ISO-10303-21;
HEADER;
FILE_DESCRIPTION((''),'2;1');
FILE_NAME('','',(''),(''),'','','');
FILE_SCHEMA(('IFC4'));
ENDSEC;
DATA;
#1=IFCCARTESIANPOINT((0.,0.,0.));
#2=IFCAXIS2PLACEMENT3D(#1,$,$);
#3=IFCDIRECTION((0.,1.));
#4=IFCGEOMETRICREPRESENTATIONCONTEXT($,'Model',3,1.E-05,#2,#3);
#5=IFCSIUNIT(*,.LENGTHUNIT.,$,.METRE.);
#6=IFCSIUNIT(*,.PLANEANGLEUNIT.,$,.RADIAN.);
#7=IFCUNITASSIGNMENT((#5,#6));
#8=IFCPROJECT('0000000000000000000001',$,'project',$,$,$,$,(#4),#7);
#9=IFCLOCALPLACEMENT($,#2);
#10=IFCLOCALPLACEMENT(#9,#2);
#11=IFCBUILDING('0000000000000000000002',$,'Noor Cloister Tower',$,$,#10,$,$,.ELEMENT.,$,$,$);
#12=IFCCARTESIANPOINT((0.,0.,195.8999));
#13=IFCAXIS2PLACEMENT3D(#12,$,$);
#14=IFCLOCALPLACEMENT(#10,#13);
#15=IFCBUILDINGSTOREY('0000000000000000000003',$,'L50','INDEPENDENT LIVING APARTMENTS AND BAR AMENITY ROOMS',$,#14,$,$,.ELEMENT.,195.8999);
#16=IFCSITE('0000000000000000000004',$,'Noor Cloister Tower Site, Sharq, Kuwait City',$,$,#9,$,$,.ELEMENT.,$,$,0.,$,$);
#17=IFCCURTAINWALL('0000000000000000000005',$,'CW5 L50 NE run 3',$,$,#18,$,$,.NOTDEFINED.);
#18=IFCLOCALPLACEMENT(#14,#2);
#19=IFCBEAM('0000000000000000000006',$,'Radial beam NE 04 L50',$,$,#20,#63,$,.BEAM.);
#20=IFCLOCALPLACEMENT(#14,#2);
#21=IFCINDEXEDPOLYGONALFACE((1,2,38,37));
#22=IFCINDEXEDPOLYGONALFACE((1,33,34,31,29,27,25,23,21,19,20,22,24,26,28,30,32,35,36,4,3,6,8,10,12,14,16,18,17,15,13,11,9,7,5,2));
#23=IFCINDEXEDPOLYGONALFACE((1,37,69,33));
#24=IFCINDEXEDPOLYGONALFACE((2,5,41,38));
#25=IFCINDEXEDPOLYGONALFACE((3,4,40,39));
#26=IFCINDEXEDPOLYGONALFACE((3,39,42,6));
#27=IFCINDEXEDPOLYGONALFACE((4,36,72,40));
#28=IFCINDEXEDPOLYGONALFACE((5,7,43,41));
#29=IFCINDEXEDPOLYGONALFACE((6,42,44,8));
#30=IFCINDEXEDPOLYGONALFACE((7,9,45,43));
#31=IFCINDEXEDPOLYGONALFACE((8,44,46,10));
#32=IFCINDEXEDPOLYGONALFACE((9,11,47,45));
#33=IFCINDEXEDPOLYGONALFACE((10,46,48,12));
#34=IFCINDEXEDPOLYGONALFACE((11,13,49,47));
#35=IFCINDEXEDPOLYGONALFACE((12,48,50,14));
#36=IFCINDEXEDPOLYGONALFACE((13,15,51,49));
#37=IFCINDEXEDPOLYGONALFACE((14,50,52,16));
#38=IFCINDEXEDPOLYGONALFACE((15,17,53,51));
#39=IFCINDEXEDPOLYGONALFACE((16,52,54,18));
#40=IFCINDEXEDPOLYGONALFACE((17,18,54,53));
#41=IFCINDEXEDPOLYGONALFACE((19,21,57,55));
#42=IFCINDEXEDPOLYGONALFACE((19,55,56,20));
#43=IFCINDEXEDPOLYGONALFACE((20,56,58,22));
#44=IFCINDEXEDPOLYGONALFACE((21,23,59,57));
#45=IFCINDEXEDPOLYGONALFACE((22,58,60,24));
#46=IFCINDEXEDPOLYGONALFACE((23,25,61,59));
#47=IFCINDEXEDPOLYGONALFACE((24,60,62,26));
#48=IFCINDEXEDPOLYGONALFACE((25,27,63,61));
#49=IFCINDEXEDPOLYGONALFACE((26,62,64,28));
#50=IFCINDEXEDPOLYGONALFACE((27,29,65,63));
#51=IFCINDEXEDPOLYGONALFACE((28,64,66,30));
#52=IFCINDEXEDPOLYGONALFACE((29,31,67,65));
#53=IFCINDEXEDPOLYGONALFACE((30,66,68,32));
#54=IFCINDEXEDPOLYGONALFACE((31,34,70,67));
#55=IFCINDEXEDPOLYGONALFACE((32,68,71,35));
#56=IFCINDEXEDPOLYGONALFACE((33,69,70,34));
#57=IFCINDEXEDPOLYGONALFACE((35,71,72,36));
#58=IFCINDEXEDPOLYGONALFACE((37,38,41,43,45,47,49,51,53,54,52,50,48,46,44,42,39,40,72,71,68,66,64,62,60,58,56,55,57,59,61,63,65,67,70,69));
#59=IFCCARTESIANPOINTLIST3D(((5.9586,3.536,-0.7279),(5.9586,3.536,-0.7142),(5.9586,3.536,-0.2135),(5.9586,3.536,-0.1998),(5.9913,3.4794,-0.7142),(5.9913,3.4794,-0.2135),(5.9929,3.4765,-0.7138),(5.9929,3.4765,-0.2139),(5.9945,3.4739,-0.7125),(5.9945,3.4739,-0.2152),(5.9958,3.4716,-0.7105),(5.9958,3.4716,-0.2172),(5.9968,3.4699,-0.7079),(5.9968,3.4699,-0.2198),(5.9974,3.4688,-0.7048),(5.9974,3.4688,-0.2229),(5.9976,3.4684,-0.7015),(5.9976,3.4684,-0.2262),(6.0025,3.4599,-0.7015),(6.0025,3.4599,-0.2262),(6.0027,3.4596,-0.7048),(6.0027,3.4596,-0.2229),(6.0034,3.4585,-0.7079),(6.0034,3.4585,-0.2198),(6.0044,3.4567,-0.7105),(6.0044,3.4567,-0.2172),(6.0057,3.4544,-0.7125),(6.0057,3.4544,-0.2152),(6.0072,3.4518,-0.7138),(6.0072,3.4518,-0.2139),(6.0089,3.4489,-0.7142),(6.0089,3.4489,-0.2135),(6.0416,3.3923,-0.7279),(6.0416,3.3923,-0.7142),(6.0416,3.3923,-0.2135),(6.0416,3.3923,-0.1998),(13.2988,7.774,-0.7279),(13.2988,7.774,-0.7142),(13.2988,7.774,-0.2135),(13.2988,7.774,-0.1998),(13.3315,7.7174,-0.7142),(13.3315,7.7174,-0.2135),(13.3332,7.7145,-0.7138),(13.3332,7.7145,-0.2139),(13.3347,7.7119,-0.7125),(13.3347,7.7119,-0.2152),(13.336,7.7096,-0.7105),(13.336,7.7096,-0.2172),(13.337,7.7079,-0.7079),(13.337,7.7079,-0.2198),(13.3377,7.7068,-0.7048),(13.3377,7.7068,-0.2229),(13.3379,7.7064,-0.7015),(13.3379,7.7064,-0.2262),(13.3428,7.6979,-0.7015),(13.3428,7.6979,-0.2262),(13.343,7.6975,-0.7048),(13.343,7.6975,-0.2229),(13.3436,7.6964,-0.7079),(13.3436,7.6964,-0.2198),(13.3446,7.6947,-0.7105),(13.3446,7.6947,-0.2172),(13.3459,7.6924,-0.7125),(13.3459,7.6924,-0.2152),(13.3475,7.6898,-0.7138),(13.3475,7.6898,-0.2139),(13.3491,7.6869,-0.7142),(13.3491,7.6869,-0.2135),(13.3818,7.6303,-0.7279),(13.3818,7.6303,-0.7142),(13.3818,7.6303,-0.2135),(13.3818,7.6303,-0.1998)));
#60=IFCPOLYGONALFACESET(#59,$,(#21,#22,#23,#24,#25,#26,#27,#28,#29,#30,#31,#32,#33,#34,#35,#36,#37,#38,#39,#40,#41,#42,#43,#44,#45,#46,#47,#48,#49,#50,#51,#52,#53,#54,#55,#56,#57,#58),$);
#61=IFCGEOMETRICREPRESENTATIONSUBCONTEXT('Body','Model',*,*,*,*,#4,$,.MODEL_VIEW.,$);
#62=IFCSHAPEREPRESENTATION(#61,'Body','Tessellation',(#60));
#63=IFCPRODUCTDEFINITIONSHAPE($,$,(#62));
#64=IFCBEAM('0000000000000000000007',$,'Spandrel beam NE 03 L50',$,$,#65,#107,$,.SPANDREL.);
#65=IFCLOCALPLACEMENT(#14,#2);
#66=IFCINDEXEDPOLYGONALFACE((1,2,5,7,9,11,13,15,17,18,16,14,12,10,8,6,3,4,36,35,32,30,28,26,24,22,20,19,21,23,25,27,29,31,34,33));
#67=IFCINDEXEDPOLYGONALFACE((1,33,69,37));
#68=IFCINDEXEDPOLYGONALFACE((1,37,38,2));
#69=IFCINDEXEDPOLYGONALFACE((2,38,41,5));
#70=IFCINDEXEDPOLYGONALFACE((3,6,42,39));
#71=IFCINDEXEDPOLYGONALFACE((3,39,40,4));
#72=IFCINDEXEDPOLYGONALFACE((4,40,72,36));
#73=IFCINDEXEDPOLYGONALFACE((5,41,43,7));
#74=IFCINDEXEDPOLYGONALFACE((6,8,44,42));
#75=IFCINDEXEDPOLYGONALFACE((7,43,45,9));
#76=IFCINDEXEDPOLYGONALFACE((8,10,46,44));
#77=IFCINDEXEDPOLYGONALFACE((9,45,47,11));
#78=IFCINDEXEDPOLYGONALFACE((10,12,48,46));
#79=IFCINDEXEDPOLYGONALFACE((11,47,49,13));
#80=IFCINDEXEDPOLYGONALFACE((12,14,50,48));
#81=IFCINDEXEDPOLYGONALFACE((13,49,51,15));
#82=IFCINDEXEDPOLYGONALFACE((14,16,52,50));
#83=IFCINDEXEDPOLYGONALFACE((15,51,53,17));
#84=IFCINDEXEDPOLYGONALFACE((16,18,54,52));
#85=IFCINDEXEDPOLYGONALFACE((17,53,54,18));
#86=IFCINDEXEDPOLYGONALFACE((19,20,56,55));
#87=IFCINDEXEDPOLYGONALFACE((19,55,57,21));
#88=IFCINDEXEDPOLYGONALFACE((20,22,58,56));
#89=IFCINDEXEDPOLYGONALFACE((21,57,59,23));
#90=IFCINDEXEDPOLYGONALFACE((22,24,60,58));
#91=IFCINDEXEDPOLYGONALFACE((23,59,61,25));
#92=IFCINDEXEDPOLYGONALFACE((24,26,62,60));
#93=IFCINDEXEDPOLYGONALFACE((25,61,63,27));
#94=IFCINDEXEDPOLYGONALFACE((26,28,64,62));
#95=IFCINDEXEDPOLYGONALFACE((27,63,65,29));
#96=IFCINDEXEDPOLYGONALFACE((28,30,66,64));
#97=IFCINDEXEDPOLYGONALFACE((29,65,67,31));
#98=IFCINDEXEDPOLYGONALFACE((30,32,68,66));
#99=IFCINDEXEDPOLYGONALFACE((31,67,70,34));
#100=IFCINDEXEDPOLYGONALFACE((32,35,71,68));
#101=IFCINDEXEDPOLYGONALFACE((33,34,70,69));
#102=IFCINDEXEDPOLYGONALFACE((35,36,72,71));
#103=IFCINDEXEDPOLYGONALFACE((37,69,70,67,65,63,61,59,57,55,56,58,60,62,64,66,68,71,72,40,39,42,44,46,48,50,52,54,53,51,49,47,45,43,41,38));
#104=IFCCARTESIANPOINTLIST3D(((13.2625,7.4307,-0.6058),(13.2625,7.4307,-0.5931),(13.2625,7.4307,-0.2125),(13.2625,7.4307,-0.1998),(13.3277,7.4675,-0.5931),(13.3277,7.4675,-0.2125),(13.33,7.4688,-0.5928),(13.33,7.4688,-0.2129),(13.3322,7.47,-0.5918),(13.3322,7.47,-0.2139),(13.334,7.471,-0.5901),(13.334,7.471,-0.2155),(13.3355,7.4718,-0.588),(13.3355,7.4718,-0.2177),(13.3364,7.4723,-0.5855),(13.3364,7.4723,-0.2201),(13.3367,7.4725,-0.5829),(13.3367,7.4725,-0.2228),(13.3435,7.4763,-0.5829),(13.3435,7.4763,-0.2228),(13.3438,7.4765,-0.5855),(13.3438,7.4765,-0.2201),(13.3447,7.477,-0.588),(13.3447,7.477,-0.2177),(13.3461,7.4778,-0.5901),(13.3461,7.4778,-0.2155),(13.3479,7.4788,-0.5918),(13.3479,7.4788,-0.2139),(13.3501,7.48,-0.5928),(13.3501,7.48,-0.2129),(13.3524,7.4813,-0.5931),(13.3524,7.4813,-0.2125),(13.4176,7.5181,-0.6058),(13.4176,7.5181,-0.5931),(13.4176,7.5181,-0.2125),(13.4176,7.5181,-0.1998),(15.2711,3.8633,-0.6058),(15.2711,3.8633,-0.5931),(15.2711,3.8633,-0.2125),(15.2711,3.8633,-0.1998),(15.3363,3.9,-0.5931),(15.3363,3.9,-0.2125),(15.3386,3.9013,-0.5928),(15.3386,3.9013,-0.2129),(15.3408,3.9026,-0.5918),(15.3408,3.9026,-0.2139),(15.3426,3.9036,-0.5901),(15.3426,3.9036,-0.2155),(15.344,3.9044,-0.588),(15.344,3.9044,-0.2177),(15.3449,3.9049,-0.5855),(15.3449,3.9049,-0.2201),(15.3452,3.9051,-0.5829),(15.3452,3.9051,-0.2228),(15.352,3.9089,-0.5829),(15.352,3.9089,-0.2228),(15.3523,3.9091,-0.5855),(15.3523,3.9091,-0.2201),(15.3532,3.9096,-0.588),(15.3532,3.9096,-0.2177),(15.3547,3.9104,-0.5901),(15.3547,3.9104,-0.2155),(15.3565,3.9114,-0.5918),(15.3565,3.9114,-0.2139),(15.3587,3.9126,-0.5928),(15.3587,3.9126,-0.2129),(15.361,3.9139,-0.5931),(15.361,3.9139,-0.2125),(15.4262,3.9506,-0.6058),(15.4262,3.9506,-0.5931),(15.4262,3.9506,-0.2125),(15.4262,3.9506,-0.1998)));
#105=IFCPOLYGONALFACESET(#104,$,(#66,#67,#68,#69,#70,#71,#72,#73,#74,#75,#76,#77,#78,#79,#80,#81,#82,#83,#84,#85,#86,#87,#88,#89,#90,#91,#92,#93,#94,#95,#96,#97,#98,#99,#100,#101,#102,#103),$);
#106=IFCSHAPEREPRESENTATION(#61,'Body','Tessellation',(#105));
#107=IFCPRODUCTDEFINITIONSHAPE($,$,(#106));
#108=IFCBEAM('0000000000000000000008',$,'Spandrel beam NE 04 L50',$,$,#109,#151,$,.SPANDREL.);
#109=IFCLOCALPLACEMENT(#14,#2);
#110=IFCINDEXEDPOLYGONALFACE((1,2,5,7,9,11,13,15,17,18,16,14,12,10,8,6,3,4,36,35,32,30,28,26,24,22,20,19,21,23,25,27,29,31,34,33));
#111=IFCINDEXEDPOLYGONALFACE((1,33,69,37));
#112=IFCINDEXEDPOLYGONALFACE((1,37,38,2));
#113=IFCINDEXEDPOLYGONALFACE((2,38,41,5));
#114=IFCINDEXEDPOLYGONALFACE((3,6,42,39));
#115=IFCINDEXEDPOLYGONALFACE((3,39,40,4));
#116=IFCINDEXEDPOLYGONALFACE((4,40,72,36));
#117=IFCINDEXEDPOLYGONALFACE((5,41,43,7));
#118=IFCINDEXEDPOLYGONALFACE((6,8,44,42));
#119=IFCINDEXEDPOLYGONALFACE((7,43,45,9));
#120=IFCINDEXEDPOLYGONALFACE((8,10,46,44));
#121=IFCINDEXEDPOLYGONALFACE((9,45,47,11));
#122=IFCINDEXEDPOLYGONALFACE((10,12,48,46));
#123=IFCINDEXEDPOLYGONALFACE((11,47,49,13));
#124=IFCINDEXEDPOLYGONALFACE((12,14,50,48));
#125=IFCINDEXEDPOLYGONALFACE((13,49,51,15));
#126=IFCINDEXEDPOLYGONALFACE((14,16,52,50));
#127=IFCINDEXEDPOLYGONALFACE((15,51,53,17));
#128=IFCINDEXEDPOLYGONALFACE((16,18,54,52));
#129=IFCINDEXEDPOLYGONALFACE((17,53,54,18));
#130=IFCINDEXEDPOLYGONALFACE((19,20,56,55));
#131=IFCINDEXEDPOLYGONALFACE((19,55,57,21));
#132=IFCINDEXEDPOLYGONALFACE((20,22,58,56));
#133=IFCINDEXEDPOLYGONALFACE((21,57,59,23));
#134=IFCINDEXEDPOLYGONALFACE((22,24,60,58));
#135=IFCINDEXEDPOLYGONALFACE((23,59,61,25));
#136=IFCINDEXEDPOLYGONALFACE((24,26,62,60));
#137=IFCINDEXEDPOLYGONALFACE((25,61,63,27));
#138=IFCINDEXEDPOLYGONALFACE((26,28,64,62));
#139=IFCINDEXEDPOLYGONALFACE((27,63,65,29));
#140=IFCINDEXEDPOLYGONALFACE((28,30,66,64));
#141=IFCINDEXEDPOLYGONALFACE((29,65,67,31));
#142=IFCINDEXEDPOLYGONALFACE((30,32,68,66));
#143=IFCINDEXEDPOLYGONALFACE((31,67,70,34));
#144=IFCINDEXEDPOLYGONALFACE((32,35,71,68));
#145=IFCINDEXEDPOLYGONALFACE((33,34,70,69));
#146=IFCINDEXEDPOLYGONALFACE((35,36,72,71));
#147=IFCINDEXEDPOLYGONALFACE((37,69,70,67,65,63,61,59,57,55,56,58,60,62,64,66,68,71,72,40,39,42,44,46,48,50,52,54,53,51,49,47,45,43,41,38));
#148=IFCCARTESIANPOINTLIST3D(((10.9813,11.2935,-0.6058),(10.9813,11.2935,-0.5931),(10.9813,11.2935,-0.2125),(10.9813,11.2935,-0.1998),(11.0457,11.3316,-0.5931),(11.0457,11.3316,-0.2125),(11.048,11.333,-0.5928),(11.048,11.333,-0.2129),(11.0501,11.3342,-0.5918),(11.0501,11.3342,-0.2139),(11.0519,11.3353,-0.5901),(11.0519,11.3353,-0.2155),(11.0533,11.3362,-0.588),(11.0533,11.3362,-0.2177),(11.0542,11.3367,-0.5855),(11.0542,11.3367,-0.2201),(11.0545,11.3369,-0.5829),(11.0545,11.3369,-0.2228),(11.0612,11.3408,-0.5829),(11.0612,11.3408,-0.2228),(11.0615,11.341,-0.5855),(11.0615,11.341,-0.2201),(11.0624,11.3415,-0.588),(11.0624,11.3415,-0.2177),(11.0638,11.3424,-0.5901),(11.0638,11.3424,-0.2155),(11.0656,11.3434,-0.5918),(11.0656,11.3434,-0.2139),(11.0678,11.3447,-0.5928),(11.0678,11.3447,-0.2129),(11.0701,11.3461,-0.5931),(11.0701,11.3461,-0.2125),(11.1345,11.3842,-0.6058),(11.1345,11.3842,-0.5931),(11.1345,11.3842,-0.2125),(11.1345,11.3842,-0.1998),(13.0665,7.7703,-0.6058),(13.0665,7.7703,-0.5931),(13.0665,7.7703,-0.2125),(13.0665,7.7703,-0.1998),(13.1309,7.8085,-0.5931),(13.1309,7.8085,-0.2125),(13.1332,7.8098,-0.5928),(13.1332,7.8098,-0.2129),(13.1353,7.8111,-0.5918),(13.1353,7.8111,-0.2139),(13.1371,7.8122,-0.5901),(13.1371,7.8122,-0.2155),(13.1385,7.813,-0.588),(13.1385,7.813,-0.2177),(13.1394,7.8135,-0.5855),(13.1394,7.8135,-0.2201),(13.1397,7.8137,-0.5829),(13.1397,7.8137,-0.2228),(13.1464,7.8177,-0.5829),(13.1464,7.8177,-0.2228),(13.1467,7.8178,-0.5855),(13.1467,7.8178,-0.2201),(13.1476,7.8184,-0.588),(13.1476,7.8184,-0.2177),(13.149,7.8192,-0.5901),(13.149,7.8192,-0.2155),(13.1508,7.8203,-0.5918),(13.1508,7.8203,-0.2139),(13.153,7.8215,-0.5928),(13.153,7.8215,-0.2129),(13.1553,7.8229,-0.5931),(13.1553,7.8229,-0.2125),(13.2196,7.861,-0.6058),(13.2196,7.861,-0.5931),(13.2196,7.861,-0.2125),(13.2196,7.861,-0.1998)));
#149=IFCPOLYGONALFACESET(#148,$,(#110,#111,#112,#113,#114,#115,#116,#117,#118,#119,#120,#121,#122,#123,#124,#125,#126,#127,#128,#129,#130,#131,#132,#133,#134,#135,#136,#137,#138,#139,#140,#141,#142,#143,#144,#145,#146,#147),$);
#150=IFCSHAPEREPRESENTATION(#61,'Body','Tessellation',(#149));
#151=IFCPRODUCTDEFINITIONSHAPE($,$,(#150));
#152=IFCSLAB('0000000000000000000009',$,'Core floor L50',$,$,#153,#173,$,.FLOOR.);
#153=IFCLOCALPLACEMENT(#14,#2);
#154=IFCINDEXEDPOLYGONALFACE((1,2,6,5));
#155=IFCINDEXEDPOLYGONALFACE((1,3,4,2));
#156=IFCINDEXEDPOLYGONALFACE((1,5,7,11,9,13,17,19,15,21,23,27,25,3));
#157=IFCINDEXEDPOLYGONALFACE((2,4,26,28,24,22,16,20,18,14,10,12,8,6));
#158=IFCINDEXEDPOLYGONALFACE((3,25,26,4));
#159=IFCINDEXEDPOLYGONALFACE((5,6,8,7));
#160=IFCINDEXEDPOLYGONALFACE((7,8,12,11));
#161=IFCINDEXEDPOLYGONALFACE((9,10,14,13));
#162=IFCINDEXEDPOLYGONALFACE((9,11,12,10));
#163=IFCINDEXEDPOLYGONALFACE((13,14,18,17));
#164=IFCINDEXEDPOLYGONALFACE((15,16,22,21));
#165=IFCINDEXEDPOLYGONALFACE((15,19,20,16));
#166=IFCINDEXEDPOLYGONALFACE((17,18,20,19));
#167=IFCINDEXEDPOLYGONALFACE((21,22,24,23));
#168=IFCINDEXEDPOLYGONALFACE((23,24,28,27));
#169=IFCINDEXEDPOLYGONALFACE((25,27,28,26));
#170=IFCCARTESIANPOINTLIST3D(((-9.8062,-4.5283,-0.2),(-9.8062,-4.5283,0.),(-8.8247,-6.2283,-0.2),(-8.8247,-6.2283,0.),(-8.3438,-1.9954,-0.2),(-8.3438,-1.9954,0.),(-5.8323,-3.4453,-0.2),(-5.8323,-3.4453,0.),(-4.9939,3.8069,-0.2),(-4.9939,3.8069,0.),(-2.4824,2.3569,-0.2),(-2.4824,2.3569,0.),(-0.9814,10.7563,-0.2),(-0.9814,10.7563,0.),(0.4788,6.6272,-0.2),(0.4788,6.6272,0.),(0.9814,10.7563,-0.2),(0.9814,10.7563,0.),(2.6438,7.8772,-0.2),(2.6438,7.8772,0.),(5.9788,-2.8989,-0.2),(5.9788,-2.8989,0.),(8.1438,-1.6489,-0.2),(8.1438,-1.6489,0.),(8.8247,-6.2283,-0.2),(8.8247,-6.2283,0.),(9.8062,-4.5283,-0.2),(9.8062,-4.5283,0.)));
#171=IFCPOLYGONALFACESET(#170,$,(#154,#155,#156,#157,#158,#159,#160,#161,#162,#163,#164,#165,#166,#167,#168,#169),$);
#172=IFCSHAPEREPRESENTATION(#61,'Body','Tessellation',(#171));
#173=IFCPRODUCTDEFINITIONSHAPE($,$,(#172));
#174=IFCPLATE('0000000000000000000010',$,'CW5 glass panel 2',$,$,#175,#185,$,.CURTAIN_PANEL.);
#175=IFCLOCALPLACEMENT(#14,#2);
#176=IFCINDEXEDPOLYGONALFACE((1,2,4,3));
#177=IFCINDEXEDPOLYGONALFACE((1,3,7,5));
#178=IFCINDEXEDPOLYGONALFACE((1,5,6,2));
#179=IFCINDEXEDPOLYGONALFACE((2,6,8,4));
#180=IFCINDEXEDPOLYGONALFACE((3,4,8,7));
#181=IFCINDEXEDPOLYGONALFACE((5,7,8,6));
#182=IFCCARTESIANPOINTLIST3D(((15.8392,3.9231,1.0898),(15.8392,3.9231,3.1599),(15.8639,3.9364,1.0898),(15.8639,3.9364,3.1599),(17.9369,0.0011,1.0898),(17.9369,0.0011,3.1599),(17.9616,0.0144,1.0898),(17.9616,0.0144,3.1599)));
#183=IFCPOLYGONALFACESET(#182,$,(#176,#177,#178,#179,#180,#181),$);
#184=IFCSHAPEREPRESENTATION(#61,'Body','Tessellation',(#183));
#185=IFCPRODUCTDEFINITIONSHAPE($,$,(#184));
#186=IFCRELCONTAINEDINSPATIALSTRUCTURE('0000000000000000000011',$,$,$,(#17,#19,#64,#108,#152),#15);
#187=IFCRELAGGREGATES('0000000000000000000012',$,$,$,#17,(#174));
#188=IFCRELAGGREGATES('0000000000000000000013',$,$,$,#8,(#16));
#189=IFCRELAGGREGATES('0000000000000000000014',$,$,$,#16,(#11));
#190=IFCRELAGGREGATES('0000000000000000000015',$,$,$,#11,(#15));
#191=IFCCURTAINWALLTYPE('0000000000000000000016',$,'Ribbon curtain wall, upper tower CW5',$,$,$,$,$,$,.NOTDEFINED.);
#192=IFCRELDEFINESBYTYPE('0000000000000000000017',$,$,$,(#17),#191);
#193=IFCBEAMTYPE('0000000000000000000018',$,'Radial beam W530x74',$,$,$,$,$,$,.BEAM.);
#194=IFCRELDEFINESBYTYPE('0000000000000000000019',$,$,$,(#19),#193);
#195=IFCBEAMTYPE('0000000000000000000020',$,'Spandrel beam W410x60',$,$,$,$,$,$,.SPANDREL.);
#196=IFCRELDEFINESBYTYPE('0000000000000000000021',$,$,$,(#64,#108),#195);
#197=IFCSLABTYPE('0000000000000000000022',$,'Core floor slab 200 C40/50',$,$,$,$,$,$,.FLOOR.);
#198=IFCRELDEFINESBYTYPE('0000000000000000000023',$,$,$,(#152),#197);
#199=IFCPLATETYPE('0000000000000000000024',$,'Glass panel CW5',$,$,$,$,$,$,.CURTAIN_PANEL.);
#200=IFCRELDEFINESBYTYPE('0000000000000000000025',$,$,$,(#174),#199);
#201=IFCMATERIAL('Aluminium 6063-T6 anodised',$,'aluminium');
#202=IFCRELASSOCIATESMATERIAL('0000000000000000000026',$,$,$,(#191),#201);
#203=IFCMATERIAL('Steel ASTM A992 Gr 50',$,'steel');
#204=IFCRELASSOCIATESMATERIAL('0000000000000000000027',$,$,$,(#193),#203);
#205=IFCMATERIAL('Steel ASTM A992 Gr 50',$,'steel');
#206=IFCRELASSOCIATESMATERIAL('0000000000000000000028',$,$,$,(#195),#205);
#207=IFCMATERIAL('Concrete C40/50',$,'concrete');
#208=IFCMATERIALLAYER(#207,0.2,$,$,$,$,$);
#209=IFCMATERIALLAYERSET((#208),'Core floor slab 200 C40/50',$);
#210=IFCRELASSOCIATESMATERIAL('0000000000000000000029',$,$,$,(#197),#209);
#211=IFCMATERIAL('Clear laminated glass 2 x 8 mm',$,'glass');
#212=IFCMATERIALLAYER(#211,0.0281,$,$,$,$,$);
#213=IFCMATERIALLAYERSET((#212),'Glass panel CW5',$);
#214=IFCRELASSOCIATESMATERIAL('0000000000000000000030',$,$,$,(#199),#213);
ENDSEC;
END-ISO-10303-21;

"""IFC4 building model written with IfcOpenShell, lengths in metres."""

from ifc_helpers import new_model, si_unit, direction, frame, origin, origin_2d, place, context, subcontext, project, spatial, polyline, rectangle, i_section, outline, extrude, material, layer, layer_set, material_profile, profile_set, type_object, element, aggregate, save


model = new_model("IFC4")

# Units and contexts
model_context = context("Model", 3, precision=1e-05, world=origin(), true_north=direction((0.0, 1.0)))
body_context = subcontext(model_context, "Body", "Model", "MODEL_VIEW")
ifc_project = project(units=[si_unit("LENGTHUNIT", "METRE"), si_unit("PLANEANGLEUNIT", "RADIAN")], contexts=[model_context])

# Site, building, storey
site_placement = place(None, origin())
site = spatial("IfcSite", under=ifc_project, at=site_placement, Name="Noor Cloister Tower Site, Sharq, Kuwait City", CompositionType="ELEMENT", RefElevation=0.0)
building_placement = place(site_placement, origin())
building = spatial("IfcBuilding", under=site, at=building_placement, Name="Noor Cloister Tower", CompositionType="ELEMENT")
storey_placement = place(building_placement, frame((0.0, 0.0, 195.8999)))
storey = spatial("IfcBuildingStorey", under=building, at=storey_placement, Name="L50", Description="INDEPENDENT LIVING APARTMENTS AND BAR AMENITY ROOMS", CompositionType="ELEMENT", Elevation=195.8999)

# Curtain wall
ifc_material_1 = material(Name="Aluminium 6063-T6 anodised", Category="aluminium")
curtain_wall_type = type_object("IfcCurtainWallType", Name="Ribbon curtain wall, upper tower CW5", PredefinedType="NOTDEFINED", material=ifc_material_1)
curtain_wall_placement = place(storey_placement, origin())
curtain_wall = element("IfcCurtainWall", 1, at=curtain_wall_placement, inside=storey, type_object=curtain_wall_type, Name="CW5 L50 NE run 3", PredefinedType="NOTDEFINED")

# Beams
ifc_material_2 = material(Name="Steel ASTM A992 Gr 50", Category="steel")
ifc_material_profile_1 = material_profile(ifc_material_2, i_section(OverallWidth=0.166, OverallDepth=0.5281, WebThickness=0.0098, FlangeThickness=0.0137, FilletRadius=0.0127, at=origin_2d()), Name="W530x74")
ifc_profile_set_1 = profile_set([ifc_material_profile_1], Name="Steel ASTM A992 Gr 50")
beam_type_1 = type_object("IfcBeamType", Name="Radial beam W530x74", PredefinedType="BEAM", material=ifc_profile_set_1)
beam_1_placement = place(storey_placement, frame((13.3403, 7.7021, -0.4639), z_axis=(-0.866021, -0.500008, 0.0), x_axis=(0.500008, -0.866021, 0.0)))
element("IfcBeam", 2, at=beam_1_placement, inside=storey, type_object=beam_type_1, Name="Radial beam NE 04 L50", PredefinedType="BEAM", context=body_context, shape_type="SweptSolid", body=[
    extrude(i_section(OverallWidth=0.166, OverallDepth=0.5281, WebThickness=0.0098, FlangeThickness=0.0137, FilletRadius=0.0127, at=origin_2d()), origin(), (0.0, 0.0, 1.0), 8.4758),
])
ifc_material_3 = material(Name="Steel ASTM A992 Gr 50", Category="steel")
ifc_material_profile_2 = material_profile(ifc_material_3, i_section(OverallWidth=0.178, OverallDepth=0.406, WebThickness=0.0078, FlangeThickness=0.0127, FilletRadius=0.0103, at=origin_2d()), Name="W410x60")
ifc_profile_set_2 = profile_set([ifc_material_profile_2], Name="Steel ASTM A992 Gr 50")
beam_type_2 = type_object("IfcBeamType", Name="Spandrel beam W410x60", PredefinedType="SPANDREL", material=ifc_profile_set_2)
for number, where, z_axis, x_axis, name in (
    (3, (15.3486, 3.907, -0.4028), (-0.490612, 0.871378, 0.0), (-0.871378, -0.490612, 0.0), "Spandrel beam NE 03 L50"),
    (4, (13.1431, 7.8157, -0.4028), (-0.50933, 0.860571, 0.0), (-0.860571, -0.50933, 0.0), "Spandrel beam NE 04 L50"),
):
    element("IfcBeam", number, at=place(storey_placement, frame(where, z_axis=z_axis, x_axis=x_axis)), inside=storey, type_object=beam_type_2, Name=name, PredefinedType="SPANDREL", context=body_context, shape_type="SweptSolid", body=[
        extrude(i_section(OverallWidth=0.178, OverallDepth=0.406, WebThickness=0.0078, FlangeThickness=0.0127, FilletRadius=0.0103, at=origin_2d()), origin(), (0.0, 0.0, 1.0), 4.094),
    ])

# Slab
ifc_material_4 = material(Name="Concrete C40/50", Category="concrete")
ifc_layer_1 = layer(ifc_material_4, 0.2)
ifc_layer_set_1 = layer_set([ifc_layer_1], Name="Core floor slab 200 C40/50")
slab_type_1 = type_object("IfcSlabType", Name="Core floor slab 200 C40/50", PredefinedType="FLOOR", material=ifc_layer_set_1)
slab_1_placement = place(storey_placement, frame((0.0, 0.0, -0.2)))
element("IfcSlab", 5, at=slab_1_placement, inside=storey, type_object=slab_type_1, Name="Core floor L50", PredefinedType="FLOOR", context=body_context, shape_type="SweptSolid", body=[
    extrude(outline(polyline([(2.6438, 7.8772), (0.9814, 10.7563), (-0.9814, 10.7563), (-4.9939, 3.8069), (-2.4824, 2.3569), (-5.8323, -3.4453), (-8.3438, -1.9954), (-9.8062, -4.5283), (-8.8247, -6.2283), (8.8247, -6.2283), (9.8062, -4.5283), (8.1438, -1.6489), (5.9788, -2.8989), (0.4788, 6.6272), (2.6438, 7.8772)])), origin(), (0.0, 0.0, 1.0), 0.2),
])

# Plate
ifc_material_5 = material(Name="Clear laminated glass 2 x 8 mm", Category="glass")
ifc_layer_2 = layer(ifc_material_5, 0.0281)
ifc_layer_set_2 = layer_set([ifc_layer_2], Name="Glass panel CW5")
plate_type = type_object("IfcPlateType", Name="Glass panel CW5", PredefinedType="CURTAIN_PANEL", material=ifc_layer_set_2)
plate_1_placement = place(storey_placement, frame((16.9004, 1.9688, 1.0898), z_axis=(0.0, 0.0, 1.0), x_axis=(-0.47163, 0.881797, 0.0)))
plate_1 = element("IfcPlate", 6, at=plate_1_placement, type_object=plate_type, Name="CW5 glass panel 2", PredefinedType="CURTAIN_PANEL", context=body_context, shape_type="SweptSolid", body=[
    extrude(rectangle(XDim=4.4478, YDim=0.0281, at=origin_2d()), origin(), (0.0, 0.0, 1.0), 2.0701),
])
aggregate(curtain_wall, [plate_1])

save(model, "model.ifc")
